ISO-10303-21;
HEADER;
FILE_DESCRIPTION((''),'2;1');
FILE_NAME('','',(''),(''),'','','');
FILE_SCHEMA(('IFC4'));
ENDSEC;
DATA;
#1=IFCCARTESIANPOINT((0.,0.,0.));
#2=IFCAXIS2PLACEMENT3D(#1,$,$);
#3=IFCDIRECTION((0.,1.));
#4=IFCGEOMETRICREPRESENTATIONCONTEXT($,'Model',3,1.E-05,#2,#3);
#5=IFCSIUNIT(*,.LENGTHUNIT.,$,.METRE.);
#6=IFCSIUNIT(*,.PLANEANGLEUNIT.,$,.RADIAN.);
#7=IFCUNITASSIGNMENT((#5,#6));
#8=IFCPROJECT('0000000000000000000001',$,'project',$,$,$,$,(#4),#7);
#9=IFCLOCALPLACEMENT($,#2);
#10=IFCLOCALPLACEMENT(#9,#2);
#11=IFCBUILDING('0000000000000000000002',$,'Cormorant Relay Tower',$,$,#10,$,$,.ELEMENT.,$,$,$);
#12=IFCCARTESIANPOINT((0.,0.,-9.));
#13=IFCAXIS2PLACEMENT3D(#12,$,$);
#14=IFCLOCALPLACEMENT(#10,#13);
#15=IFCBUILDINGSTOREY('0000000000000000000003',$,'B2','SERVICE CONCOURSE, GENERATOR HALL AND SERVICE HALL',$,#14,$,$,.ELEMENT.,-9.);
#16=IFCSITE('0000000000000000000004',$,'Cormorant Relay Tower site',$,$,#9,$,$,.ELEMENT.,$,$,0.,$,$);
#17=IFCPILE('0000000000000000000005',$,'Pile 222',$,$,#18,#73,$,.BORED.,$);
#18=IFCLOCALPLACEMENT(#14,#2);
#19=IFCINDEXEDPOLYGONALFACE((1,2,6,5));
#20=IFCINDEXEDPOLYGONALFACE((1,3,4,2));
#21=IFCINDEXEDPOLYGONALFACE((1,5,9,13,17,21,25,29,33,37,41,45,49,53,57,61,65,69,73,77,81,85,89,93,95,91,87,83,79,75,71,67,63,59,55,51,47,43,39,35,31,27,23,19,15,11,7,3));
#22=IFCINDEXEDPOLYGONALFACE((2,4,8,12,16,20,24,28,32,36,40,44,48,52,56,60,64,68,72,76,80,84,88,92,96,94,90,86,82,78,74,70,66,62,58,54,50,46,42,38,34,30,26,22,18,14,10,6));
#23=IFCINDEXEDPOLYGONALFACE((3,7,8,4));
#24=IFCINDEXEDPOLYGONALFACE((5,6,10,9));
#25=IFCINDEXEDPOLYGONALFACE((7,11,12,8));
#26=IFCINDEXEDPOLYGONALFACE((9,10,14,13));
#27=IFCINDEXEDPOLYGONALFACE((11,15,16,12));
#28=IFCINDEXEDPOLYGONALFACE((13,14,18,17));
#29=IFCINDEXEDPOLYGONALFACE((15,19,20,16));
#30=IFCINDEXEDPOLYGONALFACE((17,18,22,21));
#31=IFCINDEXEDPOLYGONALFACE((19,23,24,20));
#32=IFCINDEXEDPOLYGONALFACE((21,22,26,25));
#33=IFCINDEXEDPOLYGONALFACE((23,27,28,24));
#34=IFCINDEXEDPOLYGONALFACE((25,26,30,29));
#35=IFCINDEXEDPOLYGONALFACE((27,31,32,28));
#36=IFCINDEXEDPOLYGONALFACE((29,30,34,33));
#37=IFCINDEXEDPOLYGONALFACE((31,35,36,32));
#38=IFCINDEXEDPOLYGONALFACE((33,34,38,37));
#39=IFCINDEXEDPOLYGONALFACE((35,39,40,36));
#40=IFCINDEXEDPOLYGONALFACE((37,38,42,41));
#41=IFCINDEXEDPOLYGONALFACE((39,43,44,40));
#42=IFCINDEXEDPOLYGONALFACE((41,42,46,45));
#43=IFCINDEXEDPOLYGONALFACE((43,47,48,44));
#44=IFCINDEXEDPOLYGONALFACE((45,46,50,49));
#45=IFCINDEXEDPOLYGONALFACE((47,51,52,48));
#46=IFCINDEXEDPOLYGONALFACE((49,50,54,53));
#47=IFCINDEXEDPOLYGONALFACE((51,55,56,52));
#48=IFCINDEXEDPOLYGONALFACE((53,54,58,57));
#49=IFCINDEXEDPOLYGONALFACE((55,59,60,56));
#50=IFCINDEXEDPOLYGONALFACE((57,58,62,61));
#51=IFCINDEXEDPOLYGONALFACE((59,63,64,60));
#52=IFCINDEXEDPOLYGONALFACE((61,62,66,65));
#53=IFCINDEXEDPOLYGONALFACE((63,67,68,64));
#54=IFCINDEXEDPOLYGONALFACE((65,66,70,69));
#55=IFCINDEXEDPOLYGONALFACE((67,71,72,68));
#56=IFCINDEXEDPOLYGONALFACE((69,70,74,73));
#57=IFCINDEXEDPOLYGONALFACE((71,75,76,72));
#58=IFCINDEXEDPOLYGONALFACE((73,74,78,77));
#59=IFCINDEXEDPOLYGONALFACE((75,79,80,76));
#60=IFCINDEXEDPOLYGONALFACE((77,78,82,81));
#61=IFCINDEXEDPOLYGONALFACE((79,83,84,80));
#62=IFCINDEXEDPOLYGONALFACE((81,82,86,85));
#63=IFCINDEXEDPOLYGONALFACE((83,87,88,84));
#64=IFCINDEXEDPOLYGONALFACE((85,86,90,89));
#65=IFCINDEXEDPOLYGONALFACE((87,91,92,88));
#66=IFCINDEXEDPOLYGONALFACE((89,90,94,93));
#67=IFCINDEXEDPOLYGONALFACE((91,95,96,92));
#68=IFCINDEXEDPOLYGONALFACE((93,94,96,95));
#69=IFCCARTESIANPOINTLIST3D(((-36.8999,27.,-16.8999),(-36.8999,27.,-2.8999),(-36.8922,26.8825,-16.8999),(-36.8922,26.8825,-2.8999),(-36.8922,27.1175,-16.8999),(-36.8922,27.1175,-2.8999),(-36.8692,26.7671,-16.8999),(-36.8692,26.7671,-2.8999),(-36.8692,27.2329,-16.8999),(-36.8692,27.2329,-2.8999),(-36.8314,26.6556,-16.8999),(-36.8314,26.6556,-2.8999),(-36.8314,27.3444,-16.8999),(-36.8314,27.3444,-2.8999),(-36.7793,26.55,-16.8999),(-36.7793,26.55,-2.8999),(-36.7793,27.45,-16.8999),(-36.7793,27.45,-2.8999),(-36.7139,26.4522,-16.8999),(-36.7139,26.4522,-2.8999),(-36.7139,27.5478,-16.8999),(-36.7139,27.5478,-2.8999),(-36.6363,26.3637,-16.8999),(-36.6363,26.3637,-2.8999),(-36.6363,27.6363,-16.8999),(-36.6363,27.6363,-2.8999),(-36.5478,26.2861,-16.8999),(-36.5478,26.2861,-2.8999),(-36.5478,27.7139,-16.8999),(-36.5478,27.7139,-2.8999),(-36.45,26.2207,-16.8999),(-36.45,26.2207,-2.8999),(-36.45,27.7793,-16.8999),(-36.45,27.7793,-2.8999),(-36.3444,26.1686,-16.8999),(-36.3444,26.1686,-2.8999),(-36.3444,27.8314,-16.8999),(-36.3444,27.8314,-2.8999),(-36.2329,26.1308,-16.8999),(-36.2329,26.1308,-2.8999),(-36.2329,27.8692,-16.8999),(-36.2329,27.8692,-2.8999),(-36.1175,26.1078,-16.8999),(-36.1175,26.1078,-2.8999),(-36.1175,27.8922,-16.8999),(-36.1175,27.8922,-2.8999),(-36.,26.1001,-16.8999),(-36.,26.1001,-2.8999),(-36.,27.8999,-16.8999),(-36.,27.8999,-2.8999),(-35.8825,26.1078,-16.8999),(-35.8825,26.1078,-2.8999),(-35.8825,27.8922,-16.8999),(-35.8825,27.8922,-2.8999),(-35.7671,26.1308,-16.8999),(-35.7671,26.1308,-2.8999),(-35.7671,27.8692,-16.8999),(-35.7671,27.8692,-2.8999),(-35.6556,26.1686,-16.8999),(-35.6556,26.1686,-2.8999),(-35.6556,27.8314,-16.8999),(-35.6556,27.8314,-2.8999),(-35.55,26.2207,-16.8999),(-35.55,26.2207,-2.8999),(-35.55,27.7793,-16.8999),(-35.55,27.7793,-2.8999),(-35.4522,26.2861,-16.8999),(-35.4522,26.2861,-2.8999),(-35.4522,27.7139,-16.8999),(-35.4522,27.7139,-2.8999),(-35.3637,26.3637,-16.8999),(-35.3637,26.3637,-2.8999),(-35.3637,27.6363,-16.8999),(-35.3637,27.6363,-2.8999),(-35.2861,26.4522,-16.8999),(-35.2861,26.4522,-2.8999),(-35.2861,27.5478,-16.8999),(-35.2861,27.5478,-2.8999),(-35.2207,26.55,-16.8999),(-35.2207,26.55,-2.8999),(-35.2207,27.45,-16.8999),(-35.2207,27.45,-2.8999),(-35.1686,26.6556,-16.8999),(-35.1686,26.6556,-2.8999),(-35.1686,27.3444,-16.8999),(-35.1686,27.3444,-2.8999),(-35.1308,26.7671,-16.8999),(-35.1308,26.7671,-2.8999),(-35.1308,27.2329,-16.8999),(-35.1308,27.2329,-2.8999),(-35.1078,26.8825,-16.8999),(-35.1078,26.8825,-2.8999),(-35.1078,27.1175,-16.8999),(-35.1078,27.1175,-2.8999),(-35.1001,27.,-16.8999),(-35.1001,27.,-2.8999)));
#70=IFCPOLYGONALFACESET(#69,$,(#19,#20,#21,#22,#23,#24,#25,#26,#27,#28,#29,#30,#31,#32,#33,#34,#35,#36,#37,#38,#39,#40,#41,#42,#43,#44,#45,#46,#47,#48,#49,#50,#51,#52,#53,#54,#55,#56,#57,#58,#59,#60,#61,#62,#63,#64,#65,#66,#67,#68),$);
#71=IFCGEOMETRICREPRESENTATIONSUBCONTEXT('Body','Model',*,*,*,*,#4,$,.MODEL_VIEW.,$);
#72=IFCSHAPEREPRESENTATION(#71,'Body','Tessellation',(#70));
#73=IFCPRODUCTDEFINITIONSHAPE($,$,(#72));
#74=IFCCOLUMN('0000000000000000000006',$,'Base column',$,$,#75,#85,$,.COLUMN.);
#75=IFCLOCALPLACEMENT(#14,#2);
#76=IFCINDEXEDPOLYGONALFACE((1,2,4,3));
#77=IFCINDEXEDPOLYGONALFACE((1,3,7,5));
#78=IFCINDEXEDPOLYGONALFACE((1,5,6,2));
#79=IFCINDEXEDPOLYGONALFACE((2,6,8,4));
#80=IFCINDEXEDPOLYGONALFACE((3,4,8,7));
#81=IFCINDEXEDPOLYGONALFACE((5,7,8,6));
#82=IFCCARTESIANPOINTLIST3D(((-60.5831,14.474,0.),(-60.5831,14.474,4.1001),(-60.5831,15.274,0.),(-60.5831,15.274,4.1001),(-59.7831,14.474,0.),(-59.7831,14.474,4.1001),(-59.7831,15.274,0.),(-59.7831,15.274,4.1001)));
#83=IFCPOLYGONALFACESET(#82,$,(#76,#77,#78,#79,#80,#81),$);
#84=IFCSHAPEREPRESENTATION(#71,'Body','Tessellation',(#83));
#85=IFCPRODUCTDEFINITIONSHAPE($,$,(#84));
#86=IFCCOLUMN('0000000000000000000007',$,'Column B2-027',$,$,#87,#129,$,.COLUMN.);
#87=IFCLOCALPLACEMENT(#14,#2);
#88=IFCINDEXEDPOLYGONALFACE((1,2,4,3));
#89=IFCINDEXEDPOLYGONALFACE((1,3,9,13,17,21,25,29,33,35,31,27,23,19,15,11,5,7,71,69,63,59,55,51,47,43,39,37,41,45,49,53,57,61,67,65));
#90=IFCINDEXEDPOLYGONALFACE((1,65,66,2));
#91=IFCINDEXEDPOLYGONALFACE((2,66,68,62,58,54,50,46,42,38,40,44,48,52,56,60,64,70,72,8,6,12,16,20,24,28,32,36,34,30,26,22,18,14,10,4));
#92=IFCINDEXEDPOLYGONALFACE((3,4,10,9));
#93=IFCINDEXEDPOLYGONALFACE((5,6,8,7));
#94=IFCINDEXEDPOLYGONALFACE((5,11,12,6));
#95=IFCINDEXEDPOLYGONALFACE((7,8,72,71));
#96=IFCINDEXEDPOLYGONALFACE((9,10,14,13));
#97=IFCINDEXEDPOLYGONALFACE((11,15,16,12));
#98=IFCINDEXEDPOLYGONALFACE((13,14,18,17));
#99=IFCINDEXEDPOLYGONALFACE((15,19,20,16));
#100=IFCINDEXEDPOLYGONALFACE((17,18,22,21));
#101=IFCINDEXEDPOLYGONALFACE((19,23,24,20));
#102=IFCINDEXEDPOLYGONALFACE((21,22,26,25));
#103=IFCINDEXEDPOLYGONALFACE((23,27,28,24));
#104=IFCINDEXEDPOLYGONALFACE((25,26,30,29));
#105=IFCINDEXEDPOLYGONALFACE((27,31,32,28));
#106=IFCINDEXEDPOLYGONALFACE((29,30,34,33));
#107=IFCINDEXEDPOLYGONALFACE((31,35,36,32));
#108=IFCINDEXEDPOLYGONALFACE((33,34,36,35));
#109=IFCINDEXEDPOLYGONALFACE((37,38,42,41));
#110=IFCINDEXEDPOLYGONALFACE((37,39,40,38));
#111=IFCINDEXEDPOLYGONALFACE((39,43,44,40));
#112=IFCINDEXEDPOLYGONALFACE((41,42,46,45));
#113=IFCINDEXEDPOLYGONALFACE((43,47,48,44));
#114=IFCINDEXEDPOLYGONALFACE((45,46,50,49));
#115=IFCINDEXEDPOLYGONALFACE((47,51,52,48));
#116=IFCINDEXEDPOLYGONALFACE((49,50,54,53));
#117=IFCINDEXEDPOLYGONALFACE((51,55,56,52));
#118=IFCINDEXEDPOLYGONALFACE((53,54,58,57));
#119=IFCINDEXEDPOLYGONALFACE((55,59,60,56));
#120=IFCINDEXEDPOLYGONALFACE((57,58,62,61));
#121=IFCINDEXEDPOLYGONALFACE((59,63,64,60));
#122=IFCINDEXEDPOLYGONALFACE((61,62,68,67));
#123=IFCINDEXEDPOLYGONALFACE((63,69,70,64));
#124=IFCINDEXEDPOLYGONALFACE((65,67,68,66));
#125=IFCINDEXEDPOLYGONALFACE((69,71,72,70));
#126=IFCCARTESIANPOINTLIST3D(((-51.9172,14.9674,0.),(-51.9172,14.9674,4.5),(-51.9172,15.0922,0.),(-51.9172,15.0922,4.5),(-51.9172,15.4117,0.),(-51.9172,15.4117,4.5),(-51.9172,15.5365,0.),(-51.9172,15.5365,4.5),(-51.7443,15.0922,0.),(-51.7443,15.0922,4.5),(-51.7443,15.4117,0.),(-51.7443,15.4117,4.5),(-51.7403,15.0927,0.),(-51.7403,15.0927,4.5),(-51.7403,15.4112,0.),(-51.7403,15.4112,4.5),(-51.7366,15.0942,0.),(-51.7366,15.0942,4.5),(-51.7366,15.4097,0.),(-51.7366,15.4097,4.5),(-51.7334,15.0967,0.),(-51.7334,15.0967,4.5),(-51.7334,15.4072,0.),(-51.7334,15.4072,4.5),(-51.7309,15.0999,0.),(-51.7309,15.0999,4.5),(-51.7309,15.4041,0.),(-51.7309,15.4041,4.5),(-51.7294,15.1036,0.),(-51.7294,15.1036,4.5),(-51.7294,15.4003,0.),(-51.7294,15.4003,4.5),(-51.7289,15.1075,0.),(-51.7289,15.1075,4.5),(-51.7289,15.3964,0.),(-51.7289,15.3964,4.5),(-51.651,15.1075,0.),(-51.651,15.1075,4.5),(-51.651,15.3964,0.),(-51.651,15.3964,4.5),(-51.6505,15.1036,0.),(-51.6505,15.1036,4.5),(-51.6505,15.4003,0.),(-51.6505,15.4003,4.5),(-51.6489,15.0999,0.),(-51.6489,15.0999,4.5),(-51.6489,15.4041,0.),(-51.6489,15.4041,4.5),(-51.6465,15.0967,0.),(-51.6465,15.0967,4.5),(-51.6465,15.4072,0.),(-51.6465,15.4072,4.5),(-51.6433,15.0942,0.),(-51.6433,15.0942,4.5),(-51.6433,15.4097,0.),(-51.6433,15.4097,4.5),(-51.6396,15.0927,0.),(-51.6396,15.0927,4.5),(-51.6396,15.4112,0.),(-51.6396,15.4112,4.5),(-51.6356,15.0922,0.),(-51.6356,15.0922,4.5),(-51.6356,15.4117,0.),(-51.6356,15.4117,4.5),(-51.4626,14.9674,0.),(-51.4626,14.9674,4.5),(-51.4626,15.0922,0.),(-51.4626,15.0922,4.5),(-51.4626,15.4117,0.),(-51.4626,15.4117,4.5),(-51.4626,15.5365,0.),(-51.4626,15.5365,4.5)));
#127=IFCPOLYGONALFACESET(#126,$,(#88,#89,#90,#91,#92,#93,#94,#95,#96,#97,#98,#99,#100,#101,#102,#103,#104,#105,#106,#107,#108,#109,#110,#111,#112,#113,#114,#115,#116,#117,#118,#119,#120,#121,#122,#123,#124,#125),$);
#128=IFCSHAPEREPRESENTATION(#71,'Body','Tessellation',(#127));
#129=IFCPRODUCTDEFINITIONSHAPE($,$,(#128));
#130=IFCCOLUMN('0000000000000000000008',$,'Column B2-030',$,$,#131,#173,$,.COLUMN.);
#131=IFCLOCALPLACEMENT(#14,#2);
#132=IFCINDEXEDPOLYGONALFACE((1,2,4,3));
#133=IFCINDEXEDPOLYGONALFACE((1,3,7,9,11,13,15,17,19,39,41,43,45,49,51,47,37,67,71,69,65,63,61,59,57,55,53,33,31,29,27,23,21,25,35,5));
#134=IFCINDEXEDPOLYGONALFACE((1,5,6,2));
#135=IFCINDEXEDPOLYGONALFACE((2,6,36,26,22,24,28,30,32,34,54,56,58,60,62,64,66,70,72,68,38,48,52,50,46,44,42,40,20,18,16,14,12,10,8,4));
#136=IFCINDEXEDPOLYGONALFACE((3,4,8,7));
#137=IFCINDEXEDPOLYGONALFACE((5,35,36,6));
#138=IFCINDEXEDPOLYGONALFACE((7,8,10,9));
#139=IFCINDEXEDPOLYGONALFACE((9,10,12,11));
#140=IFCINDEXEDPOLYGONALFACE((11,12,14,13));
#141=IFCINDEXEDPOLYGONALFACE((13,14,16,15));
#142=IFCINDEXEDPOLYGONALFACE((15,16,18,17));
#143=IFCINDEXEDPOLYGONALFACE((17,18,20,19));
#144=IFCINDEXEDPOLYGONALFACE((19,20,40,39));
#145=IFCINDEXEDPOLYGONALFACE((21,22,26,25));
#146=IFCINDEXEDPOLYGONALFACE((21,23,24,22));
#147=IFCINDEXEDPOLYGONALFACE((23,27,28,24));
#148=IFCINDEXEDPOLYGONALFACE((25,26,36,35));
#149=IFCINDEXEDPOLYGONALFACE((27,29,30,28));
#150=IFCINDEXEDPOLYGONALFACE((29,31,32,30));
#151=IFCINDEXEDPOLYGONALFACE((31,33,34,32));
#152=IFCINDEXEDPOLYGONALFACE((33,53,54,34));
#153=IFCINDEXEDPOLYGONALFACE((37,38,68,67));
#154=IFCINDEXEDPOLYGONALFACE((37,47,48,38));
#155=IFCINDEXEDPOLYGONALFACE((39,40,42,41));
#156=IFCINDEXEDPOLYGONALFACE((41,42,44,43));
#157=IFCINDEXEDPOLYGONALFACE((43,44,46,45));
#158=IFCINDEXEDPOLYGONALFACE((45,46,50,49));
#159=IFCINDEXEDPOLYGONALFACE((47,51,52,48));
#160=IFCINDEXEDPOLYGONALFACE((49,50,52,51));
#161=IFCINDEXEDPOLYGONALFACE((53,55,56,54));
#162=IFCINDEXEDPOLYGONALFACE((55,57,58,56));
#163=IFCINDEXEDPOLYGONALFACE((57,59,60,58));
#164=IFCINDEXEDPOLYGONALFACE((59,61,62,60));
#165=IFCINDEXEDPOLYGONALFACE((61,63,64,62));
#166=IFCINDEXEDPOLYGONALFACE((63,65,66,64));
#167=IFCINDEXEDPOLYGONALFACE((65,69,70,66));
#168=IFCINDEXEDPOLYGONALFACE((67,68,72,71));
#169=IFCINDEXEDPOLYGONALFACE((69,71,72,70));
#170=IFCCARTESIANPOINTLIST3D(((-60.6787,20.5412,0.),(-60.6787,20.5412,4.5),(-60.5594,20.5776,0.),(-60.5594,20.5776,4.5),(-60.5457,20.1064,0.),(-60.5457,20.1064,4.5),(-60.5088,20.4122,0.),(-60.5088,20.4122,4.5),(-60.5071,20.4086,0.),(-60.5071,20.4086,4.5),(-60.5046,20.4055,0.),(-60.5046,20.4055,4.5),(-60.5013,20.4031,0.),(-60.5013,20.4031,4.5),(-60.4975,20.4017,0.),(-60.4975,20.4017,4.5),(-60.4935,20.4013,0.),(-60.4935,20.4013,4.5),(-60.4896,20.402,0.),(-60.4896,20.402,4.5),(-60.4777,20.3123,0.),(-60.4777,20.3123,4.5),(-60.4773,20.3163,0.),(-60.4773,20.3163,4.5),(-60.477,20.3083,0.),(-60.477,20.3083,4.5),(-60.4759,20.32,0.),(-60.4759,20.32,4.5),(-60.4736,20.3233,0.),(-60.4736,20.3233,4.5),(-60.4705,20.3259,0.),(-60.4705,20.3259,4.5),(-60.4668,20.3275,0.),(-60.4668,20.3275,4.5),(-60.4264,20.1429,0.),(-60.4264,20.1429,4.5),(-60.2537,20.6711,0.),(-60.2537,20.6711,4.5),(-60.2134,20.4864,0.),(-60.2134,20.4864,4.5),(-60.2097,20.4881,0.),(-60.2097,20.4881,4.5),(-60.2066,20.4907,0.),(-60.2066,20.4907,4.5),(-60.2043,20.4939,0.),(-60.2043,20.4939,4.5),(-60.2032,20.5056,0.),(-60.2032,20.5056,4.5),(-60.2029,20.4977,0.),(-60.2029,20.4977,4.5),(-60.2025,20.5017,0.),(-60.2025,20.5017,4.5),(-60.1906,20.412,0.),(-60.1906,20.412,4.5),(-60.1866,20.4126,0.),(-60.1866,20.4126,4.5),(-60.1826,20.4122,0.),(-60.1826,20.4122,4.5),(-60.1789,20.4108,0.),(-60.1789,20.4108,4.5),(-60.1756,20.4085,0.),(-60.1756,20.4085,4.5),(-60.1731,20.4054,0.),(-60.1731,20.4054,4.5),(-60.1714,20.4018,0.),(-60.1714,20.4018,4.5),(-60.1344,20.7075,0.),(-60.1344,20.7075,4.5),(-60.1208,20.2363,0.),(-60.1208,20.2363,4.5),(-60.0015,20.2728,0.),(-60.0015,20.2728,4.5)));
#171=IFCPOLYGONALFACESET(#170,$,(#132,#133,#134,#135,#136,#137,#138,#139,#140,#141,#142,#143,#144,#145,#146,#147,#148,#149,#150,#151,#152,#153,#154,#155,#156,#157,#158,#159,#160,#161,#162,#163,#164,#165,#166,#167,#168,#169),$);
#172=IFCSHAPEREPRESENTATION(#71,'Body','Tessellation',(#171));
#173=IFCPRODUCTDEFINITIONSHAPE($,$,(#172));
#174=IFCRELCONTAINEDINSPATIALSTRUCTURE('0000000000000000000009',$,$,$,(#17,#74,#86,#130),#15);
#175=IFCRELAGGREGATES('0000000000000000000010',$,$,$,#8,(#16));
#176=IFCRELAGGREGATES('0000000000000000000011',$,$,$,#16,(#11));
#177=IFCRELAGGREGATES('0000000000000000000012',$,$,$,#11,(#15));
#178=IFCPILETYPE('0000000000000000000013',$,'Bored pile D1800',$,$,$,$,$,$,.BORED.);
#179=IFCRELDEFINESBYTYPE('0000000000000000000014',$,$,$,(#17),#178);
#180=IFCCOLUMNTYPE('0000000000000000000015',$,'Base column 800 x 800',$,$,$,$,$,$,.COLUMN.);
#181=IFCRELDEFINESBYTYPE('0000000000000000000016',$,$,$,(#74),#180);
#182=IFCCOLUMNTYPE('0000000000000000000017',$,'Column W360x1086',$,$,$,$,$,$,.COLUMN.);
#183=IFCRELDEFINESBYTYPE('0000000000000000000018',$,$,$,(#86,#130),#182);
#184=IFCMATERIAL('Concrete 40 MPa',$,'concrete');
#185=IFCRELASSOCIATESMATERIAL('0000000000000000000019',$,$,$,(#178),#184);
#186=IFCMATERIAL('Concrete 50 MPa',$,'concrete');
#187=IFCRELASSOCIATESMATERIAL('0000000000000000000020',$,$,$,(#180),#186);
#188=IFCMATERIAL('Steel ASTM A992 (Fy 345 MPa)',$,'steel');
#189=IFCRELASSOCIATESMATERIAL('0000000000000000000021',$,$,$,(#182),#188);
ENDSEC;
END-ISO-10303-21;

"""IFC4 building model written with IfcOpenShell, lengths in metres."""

from ifc_helpers import new_model, si_unit, direction, frame, origin, origin_2d, place, context, subcontext, project, spatial, rectangle, circle, i_section, extrude, material, material_profile, profile_set, type_object, element, save


model = new_model("IFC4")

# Units and contexts
model_context = context("Model", 3, precision=1e-05, world=origin(), true_north=direction((0.0, 1.0)))
body_context = subcontext(model_context, "Body", "Model", "MODEL_VIEW")
ifc_project = project(units=[si_unit("LENGTHUNIT", "METRE"), si_unit("PLANEANGLEUNIT", "RADIAN")], contexts=[model_context])

# Site, building, storey
site_placement = place(None, origin())
site = spatial("IfcSite", under=ifc_project, at=site_placement, Name="Cormorant Relay Tower site", CompositionType="ELEMENT", RefElevation=0.0)
building_placement = place(site_placement, origin())
building = spatial("IfcBuilding", under=site, at=building_placement, Name="Cormorant Relay Tower", CompositionType="ELEMENT")
storey_placement = place(building_placement, frame((0.0, 0.0, -9.0)))
storey = spatial("IfcBuildingStorey", under=building, at=storey_placement, Name="B2", Description="SERVICE CONCOURSE, GENERATOR HALL AND SERVICE HALL", CompositionType="ELEMENT", Elevation=-9.0)

# Pile
ifc_material_1 = material(Name="Concrete 40 MPa", Category="concrete")
ifc_material_profile_1 = material_profile(ifc_material_1, circle(Radius=0.8999, at=origin_2d()), Name="BP1800")
ifc_profile_set_1 = profile_set([ifc_material_profile_1], Name="Concrete 40 MPa")
pile_type = type_object("IfcPileType", Name="Bored pile D1800", PredefinedType="BORED", material=ifc_profile_set_1)
for number, where, z_axis, x_axis, name in (
    (1, (-36.0, 27.0, -2.8999), (0.0, 0.0, -1.0), (1.0, 0.0, 0.0), "Pile 222"),
):
    element("IfcPile", number, at=place(storey_placement, frame(where, z_axis=z_axis, x_axis=x_axis)), inside=storey, type_object=pile_type, Name=name, PredefinedType="BORED", context=body_context, shape_type="SweptSolid", body=[
        extrude(circle(Radius=0.8999, at=origin_2d()), origin(), (0.0, 0.0, 1.0), 14.0),
    ])

# Columns
ifc_material_2 = material(Name="Concrete 50 MPa", Category="concrete")
ifc_material_profile_2 = material_profile(ifc_material_2, rectangle(XDim=0.8, YDim=0.8, at=origin_2d()), Name="RC 800x800")
ifc_profile_set_2 = profile_set([ifc_material_profile_2], Name="Concrete 50 MPa")
column_type_1 = type_object("IfcColumnType", Name="Base column 800 x 800", PredefinedType="COLUMN", material=ifc_profile_set_2)
column_placement = place(storey_placement, frame((-60.1831, 14.874, 0.0), z_axis=(0.0, 0.0, 1.0), x_axis=(1.0, 0.0, 0.0)))
element("IfcColumn", 2, at=column_placement, inside=storey, type_object=column_type_1, Name="Base column", PredefinedType="COLUMN", context=body_context, shape_type="SweptSolid", body=[
    extrude(rectangle(XDim=0.8, YDim=0.8, at=origin_2d()), origin(), (0.0, 0.0, 1.0), 4.1001),
])
ifc_material_3 = material(Name="Steel ASTM A992 (Fy 345 MPa)", Category="steel")
ifc_material_profile_3 = material_profile(ifc_material_3, i_section(OverallWidth=0.4546, OverallDepth=0.5691, WebThickness=0.0779, FlangeThickness=0.1248, FilletRadius=0.0154, at=origin_2d()), Name="W360x1086")
ifc_profile_set_3 = profile_set([ifc_material_profile_3], Name="Steel ASTM A992 (Fy 345 MPa)")
column_type_2 = type_object("IfcColumnType", Name="Column W360x1086", PredefinedType="COLUMN", material=ifc_profile_set_3)
for number, where, z_axis, x_axis, name in (
    (3, (-51.6899, 15.252, 0.0), (0.0, 0.0, 1.0), (1.0, 0.0, 0.0), "Column B2-027"),
    (4, (-60.3401, 20.407, 0.0), (0.0, 0.0, 1.0), (0.292372, -0.956305, 0.0), "Column B2-030"),
):
    element("IfcColumn", number, at=place(storey_placement, frame(where, z_axis=z_axis, x_axis=x_axis)), inside=storey, type_object=column_type_2, Name=name, PredefinedType="COLUMN", context=body_context, shape_type="SweptSolid", body=[
        extrude(i_section(OverallWidth=0.4546, OverallDepth=0.5691, WebThickness=0.0779, FlangeThickness=0.1248, FilletRadius=0.0154, at=origin_2d()), origin(), (0.0, 0.0, 1.0), 4.5),
    ])

save(model, "model.ifc")
